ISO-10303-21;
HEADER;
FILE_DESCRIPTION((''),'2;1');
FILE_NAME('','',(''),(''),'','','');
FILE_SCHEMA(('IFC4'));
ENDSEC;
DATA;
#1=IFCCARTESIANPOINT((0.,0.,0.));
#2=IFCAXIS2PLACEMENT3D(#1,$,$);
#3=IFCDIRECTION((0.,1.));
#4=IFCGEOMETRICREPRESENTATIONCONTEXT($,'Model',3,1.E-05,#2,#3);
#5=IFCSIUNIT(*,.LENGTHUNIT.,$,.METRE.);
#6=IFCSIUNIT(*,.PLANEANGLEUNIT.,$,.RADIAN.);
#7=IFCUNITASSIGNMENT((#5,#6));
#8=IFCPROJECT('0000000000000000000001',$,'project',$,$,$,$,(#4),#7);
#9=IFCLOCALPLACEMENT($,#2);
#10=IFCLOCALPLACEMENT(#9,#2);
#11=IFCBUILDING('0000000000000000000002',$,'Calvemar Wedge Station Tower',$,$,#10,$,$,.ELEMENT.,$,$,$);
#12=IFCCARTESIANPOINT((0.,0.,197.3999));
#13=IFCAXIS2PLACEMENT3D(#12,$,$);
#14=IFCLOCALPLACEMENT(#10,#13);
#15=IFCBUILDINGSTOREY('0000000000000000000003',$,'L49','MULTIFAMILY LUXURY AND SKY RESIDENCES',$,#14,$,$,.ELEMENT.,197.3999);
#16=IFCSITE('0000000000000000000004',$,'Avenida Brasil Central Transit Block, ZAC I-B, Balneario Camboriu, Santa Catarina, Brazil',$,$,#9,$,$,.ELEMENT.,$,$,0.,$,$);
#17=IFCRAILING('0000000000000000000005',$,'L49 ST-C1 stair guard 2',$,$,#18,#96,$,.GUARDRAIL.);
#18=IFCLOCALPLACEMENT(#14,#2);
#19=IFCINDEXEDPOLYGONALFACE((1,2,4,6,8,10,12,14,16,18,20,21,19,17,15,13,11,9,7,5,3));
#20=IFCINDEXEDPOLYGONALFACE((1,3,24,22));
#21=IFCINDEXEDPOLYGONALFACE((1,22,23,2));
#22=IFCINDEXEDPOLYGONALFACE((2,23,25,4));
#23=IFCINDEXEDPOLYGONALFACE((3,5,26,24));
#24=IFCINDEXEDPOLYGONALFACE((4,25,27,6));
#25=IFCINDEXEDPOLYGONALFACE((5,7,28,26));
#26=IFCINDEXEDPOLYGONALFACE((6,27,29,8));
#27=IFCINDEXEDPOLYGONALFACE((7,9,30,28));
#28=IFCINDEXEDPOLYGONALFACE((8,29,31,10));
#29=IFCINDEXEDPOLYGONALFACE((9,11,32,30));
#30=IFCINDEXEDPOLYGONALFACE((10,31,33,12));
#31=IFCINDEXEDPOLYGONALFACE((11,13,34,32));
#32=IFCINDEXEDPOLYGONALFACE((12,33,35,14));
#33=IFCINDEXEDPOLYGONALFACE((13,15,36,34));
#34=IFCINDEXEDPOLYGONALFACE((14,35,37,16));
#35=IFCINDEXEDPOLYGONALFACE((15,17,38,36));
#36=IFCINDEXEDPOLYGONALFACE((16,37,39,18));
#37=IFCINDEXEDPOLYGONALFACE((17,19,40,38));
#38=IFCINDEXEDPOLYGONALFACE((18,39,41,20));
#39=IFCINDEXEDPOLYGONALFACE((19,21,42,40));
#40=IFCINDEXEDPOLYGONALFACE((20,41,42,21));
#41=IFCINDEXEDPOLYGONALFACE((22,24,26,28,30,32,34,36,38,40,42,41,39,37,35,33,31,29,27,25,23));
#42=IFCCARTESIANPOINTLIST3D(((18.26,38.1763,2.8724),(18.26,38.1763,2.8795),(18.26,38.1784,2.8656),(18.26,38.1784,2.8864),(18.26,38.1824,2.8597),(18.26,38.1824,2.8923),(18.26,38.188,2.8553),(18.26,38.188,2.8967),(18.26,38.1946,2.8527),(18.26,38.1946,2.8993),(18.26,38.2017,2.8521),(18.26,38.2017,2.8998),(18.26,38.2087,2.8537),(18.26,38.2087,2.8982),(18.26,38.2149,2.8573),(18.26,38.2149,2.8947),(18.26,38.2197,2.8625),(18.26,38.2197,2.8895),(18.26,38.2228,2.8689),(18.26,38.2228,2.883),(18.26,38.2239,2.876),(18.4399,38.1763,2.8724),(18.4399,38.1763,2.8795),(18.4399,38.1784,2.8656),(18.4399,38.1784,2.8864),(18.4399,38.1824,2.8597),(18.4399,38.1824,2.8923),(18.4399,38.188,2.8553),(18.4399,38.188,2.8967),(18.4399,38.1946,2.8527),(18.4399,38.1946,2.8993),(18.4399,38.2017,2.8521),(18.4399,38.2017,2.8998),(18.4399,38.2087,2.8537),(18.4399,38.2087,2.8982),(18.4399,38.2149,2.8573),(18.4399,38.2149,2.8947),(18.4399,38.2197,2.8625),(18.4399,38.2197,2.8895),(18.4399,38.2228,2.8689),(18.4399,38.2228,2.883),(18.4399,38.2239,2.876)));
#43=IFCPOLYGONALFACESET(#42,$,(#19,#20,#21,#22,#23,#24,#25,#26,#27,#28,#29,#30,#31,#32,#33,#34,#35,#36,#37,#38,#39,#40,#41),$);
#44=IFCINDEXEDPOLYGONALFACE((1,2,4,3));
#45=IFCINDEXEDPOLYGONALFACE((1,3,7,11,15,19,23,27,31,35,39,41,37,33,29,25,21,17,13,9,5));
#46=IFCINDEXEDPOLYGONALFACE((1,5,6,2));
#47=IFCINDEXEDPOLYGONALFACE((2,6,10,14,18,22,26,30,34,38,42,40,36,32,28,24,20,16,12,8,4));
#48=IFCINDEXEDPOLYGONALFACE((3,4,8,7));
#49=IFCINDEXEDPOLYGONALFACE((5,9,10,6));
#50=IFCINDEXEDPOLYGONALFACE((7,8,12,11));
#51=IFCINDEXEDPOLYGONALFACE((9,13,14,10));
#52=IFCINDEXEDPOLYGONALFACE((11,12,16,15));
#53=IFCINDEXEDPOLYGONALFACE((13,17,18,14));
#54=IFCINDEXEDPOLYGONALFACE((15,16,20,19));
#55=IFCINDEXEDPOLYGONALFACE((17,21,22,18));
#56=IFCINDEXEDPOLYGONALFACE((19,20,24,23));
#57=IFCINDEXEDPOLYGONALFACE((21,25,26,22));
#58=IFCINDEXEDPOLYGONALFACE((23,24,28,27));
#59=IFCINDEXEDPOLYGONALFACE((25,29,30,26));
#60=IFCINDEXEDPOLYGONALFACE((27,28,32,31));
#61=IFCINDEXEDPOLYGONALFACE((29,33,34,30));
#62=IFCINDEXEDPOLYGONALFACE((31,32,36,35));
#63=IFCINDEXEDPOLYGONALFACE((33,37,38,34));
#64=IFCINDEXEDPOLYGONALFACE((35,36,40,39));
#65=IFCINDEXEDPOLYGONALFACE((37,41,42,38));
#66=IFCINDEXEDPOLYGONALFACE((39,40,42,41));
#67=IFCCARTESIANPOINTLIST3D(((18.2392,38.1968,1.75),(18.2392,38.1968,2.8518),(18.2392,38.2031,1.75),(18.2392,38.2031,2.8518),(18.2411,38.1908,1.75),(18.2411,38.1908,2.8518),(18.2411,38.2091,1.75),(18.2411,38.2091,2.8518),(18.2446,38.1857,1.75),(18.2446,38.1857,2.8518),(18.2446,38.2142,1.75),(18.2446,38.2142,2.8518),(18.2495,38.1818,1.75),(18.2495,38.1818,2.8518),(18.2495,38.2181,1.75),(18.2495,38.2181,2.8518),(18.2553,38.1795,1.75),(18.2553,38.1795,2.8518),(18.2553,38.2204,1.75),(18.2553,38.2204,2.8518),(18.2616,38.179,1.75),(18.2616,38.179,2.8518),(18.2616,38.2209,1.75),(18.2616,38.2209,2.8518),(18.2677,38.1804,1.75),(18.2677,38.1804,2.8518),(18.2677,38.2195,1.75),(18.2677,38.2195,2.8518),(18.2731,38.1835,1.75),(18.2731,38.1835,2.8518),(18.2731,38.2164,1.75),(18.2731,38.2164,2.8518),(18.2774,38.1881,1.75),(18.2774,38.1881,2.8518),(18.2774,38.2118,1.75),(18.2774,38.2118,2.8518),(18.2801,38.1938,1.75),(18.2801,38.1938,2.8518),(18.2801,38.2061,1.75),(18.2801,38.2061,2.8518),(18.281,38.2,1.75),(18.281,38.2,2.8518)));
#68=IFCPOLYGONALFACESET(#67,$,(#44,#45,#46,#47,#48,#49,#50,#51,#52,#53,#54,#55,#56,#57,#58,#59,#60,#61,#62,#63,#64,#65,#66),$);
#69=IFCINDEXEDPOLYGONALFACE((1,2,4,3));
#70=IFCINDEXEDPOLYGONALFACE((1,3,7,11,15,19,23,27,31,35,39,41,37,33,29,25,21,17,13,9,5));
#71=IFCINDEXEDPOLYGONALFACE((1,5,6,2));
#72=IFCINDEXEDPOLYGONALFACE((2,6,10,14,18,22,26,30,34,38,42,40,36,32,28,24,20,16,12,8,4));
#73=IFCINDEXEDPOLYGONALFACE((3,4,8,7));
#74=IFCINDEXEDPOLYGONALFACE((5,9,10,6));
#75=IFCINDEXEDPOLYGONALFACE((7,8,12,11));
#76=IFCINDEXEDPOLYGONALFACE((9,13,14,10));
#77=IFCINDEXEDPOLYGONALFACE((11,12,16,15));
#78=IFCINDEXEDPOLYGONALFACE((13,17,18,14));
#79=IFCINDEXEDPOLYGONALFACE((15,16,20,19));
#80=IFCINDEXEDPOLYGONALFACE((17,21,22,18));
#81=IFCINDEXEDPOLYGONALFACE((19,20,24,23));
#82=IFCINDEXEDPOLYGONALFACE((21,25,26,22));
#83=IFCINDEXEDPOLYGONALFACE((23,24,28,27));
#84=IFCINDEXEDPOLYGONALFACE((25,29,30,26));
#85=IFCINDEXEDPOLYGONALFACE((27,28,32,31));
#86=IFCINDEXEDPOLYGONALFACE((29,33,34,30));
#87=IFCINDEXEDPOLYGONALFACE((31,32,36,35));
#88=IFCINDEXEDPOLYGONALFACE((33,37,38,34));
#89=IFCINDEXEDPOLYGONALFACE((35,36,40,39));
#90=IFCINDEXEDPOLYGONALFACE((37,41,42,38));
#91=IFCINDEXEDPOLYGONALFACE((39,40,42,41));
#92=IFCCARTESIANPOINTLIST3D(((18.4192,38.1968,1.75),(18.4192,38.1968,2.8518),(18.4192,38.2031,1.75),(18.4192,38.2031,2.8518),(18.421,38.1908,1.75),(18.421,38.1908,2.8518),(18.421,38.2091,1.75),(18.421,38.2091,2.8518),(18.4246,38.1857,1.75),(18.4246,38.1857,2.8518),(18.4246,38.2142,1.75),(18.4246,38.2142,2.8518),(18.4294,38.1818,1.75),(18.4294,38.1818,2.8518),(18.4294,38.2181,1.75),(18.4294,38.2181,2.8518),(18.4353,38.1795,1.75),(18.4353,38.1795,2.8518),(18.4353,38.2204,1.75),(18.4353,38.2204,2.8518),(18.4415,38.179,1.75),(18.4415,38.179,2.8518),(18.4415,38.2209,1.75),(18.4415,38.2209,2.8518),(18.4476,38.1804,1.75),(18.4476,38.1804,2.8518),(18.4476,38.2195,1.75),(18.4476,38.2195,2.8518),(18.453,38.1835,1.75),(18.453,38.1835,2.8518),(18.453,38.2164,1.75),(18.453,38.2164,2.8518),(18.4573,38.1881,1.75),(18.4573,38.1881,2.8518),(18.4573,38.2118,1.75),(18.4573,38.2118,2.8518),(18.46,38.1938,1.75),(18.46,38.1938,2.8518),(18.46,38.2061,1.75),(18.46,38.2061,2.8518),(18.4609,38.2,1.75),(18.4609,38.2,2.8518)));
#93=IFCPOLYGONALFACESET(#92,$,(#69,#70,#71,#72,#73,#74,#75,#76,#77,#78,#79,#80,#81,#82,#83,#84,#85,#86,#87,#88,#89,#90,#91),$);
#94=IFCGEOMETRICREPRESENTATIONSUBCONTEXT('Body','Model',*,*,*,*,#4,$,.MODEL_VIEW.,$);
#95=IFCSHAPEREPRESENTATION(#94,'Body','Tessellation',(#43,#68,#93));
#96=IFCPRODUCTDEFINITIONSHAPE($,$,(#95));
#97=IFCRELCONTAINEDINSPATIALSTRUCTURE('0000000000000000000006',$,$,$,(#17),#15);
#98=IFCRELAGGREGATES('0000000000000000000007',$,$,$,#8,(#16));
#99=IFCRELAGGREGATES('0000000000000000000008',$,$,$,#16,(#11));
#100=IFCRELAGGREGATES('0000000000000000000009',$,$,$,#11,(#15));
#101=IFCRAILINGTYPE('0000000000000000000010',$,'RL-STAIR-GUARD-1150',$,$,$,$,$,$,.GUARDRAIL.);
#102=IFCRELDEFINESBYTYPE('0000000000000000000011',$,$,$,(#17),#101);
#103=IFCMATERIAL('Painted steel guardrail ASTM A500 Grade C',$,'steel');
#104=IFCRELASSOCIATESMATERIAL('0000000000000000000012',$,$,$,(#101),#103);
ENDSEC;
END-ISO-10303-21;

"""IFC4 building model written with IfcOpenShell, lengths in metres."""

from ifc_helpers import new_model, si_unit, direction, frame, origin, origin_2d, place, context, subcontext, project, spatial, circle, extrude, material, type_object, element, save


model = new_model("IFC4")

# Units and contexts
model_context = context("Model", 3, precision=1e-05, world=origin(), true_north=direction((0.0, 1.0)))
body_context = subcontext(model_context, "Body", "Model", "MODEL_VIEW")
ifc_project = project(units=[si_unit("LENGTHUNIT", "METRE"), si_unit("PLANEANGLEUNIT", "RADIAN")], contexts=[model_context])

# Site, building, storey
site_placement = place(None, origin())
site = spatial("IfcSite", under=ifc_project, at=site_placement, Name="Avenida Brasil Central Transit Block, ZAC I-B, Balneario Camboriu, Santa Catarina, Brazil", CompositionType="ELEMENT", RefElevation=0.0)
building_placement = place(site_placement, origin())
building = spatial("IfcBuilding", under=site, at=building_placement, Name="Calvemar Wedge Station Tower", CompositionType="ELEMENT")
storey_placement = place(building_placement, frame((0.0, 0.0, 197.3999)))
storey = spatial("IfcBuildingStorey", under=building, at=storey_placement, Name="L49", Description="MULTIFAMILY LUXURY AND SKY RESIDENCES", CompositionType="ELEMENT", Elevation=197.3999)

# Railing
ifc_material_1 = material(Name="Painted steel guardrail ASTM A500 Grade C", Category="steel")
railing_type = type_object("IfcRailingType", Name="RL-STAIR-GUARD-1150", PredefinedType="GUARDRAIL", material=ifc_material_1)
railing_1_placement = place(storey_placement, frame((18.26, 38.2, 1.75)))
element("IfcRailing", 1, at=railing_1_placement, inside=storey, type_object=railing_type, Name="L49 ST-C1 stair guard 2", PredefinedType="GUARDRAIL", context=body_context, shape_type="SweptSolid", body=[
    extrude(circle(Radius=0.0239, at=origin_2d()), frame((0.0, 0.0, 1.126), z_axis=(1.0, 0.0, 0.0), x_axis=(0.0, 1.0, 0.0)), (0.0, 0.0, 1.0), 0.1799),
    extrude(circle(Radius=0.021, at=origin_2d()), origin(), (0.0, 0.0, 1.0), 1.1018),
    extrude(circle(Radius=0.021, at=origin_2d()), frame((0.1799, 0.0, 0.0)), (0.0, 0.0, 1.0), 1.1018),
])

save(model, "model.ifc")
